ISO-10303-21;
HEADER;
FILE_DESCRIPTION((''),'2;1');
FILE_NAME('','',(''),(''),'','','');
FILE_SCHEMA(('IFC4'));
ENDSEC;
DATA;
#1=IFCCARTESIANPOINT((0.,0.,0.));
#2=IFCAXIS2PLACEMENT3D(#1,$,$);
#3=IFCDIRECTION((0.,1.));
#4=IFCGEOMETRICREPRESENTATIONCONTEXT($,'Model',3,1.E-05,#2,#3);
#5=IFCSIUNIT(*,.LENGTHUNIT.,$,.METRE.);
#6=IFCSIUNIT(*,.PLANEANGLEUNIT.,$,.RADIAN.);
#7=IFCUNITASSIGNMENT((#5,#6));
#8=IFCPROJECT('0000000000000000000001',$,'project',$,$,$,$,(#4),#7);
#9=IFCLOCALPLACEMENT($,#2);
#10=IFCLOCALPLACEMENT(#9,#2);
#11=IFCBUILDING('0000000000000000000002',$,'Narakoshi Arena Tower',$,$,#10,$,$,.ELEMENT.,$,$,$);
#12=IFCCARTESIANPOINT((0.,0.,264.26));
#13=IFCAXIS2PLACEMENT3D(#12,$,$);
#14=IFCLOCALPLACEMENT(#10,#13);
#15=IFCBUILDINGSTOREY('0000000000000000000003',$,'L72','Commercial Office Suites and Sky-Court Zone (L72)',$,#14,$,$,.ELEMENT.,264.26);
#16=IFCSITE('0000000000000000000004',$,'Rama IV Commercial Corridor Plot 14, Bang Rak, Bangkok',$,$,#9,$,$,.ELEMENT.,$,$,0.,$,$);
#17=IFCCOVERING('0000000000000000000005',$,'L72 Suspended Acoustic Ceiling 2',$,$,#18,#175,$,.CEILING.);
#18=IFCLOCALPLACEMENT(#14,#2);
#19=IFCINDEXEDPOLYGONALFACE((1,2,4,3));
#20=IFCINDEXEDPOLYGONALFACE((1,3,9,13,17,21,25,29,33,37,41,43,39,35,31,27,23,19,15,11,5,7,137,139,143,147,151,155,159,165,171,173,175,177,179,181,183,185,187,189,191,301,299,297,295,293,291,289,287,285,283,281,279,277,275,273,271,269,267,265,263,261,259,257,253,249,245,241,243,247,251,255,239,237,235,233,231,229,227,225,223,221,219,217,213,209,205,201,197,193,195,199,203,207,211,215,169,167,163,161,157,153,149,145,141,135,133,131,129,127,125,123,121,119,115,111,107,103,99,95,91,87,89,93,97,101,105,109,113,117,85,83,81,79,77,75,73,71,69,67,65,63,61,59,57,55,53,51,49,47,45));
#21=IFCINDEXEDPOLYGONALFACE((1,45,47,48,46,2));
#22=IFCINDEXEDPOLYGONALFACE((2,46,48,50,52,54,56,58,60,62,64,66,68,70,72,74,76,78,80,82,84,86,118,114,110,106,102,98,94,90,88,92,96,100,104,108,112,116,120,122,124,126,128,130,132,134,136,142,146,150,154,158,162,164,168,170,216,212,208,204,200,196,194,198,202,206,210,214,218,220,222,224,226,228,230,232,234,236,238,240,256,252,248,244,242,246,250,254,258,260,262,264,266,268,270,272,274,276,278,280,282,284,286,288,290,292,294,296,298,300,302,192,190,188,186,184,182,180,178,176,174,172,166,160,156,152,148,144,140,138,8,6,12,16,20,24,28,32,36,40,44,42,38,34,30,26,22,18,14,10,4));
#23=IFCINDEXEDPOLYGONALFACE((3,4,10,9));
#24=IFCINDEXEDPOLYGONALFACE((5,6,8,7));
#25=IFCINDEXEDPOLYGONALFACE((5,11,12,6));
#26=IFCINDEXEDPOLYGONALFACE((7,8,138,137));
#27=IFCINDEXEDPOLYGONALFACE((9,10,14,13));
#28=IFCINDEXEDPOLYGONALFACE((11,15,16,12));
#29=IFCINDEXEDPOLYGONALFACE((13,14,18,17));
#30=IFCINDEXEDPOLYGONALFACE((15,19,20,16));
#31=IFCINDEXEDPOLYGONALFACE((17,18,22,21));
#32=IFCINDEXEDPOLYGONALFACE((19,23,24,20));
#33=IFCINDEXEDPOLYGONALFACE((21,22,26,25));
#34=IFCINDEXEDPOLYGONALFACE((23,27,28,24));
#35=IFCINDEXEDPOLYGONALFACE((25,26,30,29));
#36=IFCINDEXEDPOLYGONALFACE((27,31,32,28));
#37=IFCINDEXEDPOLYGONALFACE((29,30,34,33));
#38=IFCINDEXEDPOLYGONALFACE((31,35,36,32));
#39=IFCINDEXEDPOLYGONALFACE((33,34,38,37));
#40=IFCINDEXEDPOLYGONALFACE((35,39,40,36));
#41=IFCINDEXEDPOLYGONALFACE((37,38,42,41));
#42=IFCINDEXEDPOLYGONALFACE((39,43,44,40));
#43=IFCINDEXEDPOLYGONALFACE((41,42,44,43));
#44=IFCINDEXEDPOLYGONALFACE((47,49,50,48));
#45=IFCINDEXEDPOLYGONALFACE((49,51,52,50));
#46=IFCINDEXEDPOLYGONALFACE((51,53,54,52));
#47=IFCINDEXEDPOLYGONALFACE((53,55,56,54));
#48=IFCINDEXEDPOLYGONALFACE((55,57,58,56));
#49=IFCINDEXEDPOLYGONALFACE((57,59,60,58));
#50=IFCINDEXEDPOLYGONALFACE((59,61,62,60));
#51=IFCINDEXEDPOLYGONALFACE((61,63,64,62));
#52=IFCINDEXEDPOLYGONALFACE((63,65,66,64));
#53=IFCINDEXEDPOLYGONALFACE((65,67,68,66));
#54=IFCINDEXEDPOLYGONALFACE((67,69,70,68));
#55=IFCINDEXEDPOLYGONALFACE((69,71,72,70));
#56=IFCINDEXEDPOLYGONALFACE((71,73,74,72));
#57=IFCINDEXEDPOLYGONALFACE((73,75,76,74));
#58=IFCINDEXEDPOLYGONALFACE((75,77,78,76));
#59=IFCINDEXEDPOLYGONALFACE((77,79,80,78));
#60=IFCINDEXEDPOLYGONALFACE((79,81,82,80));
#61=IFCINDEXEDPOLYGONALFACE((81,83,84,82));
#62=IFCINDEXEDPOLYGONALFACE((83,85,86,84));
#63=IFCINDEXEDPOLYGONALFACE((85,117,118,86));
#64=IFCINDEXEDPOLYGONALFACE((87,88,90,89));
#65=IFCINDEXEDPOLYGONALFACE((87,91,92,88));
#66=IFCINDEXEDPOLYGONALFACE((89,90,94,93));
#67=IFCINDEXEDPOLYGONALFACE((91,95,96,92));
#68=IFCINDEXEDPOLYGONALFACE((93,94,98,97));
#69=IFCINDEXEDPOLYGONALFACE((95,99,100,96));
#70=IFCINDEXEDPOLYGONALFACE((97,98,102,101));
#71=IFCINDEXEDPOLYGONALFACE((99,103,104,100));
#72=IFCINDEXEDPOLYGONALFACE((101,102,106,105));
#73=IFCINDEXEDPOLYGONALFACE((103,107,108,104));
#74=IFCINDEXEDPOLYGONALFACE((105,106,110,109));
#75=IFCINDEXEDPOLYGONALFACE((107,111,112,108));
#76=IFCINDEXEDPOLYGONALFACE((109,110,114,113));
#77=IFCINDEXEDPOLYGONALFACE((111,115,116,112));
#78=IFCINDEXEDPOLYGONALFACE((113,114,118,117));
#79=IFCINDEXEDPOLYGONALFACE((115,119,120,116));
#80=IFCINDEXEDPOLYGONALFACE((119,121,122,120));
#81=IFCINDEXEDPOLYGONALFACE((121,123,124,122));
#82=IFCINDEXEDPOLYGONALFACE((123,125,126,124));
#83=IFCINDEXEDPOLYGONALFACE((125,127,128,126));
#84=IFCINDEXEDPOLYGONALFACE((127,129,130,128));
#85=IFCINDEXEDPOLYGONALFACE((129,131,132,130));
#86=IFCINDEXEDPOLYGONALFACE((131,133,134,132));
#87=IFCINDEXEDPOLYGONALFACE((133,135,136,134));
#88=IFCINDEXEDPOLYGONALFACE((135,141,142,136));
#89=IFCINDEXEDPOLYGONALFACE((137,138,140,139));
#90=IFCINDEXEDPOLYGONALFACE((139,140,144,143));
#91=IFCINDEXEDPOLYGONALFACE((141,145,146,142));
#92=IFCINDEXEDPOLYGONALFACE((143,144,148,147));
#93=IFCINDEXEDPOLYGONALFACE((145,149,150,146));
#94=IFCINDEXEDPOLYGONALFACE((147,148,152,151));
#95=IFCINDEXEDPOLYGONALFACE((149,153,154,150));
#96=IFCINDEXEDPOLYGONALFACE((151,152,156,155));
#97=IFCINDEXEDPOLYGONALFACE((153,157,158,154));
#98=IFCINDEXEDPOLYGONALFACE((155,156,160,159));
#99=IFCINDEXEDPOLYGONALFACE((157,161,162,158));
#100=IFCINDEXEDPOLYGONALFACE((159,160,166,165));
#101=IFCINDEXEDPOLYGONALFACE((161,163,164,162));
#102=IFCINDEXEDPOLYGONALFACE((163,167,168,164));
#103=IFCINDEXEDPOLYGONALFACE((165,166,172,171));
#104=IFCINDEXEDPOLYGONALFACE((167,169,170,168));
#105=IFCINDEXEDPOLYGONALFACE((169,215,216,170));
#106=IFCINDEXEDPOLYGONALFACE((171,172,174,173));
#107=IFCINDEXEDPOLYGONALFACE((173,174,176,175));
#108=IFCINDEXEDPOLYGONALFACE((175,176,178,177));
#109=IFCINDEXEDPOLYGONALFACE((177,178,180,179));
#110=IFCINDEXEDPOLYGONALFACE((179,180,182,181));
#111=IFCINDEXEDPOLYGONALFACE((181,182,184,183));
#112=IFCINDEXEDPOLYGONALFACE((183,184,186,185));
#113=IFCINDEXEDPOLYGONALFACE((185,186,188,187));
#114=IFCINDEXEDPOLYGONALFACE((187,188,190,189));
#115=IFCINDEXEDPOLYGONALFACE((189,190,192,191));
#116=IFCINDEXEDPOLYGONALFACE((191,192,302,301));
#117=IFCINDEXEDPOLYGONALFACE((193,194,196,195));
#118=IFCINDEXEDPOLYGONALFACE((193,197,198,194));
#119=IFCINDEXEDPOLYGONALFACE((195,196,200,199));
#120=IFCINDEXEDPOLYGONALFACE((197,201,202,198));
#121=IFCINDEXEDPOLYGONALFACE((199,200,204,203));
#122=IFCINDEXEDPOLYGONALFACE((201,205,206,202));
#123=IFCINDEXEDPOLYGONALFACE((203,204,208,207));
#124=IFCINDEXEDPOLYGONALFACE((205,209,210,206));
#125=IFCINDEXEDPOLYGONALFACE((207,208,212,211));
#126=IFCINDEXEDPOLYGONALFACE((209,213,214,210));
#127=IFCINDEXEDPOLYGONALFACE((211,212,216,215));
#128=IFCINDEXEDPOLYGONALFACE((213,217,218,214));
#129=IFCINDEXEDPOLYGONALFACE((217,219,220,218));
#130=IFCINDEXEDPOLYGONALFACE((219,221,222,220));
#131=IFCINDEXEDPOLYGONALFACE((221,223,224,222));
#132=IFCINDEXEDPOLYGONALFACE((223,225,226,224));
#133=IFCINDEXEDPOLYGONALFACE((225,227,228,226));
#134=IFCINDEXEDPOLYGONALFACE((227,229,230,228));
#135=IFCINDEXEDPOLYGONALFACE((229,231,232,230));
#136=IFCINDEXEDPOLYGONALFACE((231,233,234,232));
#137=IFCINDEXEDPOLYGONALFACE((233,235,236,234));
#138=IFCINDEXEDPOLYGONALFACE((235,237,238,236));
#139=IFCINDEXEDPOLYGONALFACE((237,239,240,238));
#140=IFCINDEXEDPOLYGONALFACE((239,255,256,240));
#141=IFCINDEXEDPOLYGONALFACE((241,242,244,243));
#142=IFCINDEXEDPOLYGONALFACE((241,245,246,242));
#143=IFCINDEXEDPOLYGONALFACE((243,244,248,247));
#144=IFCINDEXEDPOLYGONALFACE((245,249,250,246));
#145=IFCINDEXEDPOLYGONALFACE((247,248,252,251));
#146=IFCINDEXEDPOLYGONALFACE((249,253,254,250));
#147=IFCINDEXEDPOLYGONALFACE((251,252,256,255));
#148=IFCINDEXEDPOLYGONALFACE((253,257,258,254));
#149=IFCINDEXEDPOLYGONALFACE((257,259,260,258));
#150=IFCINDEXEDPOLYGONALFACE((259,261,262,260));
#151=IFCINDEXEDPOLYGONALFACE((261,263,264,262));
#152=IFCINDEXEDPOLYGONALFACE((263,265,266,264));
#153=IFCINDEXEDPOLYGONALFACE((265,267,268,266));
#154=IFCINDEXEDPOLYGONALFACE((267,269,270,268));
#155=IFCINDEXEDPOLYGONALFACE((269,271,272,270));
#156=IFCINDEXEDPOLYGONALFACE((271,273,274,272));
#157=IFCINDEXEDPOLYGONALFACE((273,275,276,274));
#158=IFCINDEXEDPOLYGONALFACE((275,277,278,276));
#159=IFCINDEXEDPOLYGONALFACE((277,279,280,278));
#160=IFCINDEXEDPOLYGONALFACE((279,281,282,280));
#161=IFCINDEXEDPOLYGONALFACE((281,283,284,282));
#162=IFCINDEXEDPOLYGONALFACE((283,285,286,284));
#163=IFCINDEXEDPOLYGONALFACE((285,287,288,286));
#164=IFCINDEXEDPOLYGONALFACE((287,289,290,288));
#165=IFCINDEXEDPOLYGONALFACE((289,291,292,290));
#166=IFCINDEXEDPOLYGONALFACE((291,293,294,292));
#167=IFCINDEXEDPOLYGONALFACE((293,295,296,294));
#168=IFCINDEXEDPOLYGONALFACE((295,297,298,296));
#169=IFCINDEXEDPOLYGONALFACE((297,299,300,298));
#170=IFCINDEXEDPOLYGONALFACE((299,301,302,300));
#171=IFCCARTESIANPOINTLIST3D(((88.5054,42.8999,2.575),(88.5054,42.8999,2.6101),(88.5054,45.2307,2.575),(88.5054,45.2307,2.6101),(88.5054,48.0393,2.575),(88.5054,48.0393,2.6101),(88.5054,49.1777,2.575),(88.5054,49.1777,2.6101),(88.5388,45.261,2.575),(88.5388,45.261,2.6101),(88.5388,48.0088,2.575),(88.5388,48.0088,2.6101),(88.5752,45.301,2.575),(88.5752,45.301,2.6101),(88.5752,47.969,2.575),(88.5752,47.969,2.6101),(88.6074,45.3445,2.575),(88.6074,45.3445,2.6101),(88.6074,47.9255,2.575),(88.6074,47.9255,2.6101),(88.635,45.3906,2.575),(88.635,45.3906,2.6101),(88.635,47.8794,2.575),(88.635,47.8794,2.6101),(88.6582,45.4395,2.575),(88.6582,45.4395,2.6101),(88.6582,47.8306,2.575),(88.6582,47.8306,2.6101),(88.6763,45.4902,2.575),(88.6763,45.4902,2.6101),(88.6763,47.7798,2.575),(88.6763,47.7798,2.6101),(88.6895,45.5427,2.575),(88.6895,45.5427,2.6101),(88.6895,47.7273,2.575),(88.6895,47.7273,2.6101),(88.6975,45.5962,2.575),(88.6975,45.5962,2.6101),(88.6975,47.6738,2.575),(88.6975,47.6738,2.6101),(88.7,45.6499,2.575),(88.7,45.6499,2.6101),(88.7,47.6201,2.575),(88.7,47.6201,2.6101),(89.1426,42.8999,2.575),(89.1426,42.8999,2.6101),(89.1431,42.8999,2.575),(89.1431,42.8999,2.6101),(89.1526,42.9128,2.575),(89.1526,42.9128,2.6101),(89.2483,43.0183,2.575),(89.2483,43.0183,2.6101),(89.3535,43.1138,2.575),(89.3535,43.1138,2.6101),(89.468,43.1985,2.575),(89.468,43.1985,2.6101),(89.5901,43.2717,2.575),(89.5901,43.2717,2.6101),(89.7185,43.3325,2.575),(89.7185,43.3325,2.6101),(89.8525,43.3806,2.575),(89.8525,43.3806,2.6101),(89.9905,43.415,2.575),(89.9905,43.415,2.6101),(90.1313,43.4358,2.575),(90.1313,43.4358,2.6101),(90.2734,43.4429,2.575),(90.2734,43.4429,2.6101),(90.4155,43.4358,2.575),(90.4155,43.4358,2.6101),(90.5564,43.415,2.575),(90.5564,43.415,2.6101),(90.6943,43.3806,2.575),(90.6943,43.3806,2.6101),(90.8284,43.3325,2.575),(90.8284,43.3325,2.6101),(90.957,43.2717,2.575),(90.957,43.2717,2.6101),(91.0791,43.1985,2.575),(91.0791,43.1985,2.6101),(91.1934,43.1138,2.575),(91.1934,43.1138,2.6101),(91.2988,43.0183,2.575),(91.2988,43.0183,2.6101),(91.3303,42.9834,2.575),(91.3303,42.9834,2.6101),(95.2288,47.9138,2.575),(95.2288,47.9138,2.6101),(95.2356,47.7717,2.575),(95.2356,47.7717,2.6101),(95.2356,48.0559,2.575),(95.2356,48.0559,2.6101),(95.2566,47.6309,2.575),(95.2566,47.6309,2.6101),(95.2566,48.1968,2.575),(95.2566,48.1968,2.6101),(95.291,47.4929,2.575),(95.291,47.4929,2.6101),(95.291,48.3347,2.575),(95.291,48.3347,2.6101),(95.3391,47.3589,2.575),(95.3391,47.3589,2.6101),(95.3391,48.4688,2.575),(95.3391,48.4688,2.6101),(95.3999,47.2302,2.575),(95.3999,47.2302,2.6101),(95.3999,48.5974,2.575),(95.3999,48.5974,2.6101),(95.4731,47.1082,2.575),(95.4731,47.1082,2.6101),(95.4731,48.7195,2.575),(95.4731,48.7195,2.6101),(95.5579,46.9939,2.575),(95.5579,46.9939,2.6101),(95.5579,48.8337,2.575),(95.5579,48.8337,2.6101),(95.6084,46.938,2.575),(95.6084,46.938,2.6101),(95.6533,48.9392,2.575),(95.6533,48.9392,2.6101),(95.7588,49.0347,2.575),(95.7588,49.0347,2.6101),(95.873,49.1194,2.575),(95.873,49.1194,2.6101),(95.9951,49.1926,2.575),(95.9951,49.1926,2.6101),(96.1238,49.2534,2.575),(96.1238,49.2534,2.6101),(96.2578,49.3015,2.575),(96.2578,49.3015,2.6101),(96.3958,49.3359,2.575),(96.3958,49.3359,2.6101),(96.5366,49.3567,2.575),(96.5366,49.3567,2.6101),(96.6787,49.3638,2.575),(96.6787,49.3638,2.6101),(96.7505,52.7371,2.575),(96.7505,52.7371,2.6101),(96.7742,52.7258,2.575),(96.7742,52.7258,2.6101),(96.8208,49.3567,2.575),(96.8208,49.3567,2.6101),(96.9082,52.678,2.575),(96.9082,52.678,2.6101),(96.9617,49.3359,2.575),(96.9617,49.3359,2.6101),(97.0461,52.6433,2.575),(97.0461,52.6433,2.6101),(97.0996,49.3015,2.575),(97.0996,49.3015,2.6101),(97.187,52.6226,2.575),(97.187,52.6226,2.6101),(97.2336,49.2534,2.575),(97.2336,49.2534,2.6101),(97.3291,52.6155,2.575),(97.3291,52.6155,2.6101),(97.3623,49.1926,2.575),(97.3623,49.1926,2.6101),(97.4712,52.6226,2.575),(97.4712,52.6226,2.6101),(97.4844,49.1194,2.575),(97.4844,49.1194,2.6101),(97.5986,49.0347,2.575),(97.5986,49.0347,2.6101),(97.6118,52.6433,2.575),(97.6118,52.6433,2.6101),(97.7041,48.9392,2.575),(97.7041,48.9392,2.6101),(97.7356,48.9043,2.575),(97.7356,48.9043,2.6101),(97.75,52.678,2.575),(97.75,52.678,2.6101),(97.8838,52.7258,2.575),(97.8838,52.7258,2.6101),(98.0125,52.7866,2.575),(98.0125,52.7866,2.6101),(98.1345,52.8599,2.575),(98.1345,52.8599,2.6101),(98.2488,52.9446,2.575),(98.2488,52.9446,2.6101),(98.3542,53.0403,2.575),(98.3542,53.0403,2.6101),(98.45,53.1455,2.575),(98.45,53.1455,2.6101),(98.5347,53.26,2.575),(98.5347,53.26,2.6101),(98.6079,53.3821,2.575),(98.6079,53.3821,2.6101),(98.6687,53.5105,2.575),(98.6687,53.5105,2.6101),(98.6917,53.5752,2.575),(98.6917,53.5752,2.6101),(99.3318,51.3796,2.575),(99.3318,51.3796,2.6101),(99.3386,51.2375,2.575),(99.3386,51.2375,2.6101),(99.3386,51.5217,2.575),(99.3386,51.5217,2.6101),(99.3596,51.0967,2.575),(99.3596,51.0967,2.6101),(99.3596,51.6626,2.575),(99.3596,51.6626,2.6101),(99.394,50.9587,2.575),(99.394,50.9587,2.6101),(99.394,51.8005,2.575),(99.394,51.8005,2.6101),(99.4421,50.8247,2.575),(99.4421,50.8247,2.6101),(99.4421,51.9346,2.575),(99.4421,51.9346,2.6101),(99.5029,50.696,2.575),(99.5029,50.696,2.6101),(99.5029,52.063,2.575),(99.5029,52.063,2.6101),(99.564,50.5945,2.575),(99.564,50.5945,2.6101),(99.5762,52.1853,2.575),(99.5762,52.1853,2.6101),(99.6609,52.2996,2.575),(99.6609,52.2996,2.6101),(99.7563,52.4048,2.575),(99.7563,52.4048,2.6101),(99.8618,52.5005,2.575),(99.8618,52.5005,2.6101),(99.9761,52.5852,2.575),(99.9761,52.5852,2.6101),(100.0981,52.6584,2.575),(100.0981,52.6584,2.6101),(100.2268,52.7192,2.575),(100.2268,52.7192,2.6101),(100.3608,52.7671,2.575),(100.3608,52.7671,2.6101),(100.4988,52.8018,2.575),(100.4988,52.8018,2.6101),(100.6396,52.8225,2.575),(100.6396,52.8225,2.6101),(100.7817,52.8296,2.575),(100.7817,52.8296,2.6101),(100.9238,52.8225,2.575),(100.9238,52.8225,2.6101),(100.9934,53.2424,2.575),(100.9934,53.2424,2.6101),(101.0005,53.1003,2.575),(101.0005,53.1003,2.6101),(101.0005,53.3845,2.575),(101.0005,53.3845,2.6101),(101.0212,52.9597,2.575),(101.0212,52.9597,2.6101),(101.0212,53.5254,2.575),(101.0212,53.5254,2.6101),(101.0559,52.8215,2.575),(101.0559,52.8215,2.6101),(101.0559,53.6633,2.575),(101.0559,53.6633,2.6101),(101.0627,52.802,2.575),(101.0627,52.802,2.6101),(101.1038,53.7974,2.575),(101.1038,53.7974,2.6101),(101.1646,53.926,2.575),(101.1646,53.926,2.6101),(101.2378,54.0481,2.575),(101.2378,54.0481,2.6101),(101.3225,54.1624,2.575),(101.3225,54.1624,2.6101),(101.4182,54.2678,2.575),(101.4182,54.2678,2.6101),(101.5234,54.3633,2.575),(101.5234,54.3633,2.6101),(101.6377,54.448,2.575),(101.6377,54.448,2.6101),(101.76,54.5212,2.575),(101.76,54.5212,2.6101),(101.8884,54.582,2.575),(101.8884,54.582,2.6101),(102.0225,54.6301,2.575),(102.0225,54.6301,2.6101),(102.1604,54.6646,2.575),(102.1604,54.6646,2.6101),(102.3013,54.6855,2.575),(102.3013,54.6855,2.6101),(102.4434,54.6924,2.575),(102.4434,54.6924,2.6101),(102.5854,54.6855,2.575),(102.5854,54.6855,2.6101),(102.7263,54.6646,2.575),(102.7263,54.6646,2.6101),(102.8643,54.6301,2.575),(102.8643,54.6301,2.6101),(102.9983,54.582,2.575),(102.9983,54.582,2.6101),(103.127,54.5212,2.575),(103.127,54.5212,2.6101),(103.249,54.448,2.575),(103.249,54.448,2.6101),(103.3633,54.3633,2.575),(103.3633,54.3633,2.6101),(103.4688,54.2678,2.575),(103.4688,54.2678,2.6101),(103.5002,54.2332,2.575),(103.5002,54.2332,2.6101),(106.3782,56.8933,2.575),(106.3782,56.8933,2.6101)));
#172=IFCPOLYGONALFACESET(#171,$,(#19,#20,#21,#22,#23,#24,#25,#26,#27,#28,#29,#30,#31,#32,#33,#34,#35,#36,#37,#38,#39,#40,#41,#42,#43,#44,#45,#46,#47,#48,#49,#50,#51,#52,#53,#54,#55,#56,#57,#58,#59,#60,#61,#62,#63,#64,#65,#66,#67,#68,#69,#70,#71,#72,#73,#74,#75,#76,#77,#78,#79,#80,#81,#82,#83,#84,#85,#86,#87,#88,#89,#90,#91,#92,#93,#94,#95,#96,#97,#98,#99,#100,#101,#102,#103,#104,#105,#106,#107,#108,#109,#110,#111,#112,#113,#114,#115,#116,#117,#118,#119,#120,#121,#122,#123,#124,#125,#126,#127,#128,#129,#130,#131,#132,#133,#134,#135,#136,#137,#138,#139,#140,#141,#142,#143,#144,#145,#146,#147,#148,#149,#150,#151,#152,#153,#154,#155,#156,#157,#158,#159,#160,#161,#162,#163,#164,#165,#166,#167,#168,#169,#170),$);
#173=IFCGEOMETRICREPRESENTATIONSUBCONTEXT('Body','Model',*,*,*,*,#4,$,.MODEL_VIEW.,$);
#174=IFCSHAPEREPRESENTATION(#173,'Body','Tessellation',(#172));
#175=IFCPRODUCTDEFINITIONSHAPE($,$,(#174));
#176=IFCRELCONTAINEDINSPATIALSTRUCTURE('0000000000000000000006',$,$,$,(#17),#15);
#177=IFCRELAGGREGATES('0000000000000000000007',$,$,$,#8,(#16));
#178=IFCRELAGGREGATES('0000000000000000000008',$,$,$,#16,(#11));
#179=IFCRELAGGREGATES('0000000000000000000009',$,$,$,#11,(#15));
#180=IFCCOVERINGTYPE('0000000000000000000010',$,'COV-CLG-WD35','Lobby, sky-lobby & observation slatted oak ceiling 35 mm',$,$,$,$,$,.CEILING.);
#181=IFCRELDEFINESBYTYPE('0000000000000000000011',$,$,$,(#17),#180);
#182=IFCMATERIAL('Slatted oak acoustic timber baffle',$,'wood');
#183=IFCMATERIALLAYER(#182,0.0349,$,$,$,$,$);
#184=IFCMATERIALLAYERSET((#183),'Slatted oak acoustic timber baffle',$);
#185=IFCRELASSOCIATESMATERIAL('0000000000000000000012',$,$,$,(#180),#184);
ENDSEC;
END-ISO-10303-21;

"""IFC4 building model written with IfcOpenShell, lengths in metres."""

from ifc_helpers import new_model, si_unit, direction, frame, origin, place, context, subcontext, project, spatial, polyline, outline, extrude, material, layer, layer_set, type_object, element, save


model = new_model("IFC4")

# Units and contexts
model_context = context("Model", 3, precision=1e-05, world=origin(), true_north=direction((0.0, 1.0)))
body_context = subcontext(model_context, "Body", "Model", "MODEL_VIEW")
ifc_project = project(units=[si_unit("LENGTHUNIT", "METRE"), si_unit("PLANEANGLEUNIT", "RADIAN")], contexts=[model_context])

# Site, building, storey
site_placement = place(None, origin())
site = spatial("IfcSite", under=ifc_project, at=site_placement, Name="Rama IV Commercial Corridor Plot 14, Bang Rak, Bangkok", CompositionType="ELEMENT", RefElevation=0.0)
building_placement = place(site_placement, origin())
building = spatial("IfcBuilding", under=site, at=building_placement, Name="Narakoshi Arena Tower", CompositionType="ELEMENT")
storey_placement = place(building_placement, frame((0.0, 0.0, 264.26)))
storey = spatial("IfcBuildingStorey", under=building, at=storey_placement, Name="L72", Description="Commercial Office Suites and Sky-Court Zone (L72)", CompositionType="ELEMENT", Elevation=264.26)

# Covering
ifc_material_1 = material(Name="Slatted oak acoustic timber baffle", Category="wood")
ifc_layer_1 = layer(ifc_material_1, 0.0349)
ifc_layer_set_1 = layer_set([ifc_layer_1], Name="Slatted oak acoustic timber baffle")
covering_type_1 = type_object("IfcCoveringType", Name="COV-CLG-WD35", Description="Lobby, sky-lobby & observation slatted oak ceiling 35 mm", PredefinedType="CEILING", material=ifc_layer_set_1)
covering_1_placement = place(storey_placement, frame((0.0, 0.0, 2.575)))
element("IfcCovering", 1, at=covering_1_placement, inside=storey, type_object=covering_type_1, Name="L72 Suspended Acoustic Ceiling 2", PredefinedType="CEILING", context=body_context, shape_type="SweptSolid", body=[
    extrude(outline(polyline([(88.5054, 45.2307), (88.5388, 45.261), (88.5752, 45.301), (88.6074, 45.3445), (88.635, 45.3906), (88.6582, 45.4395), (88.6763, 45.4902), (88.6895, 45.5427), (88.6975, 45.5962), (88.7, 45.6499), (88.7, 47.6201), (88.6975, 47.6738), (88.6895, 47.7273), (88.6763, 47.7798), (88.6582, 47.8306), (88.635, 47.8794), (88.6074, 47.9255), (88.5752, 47.969), (88.5388, 48.0088), (88.5054, 48.0393), (88.5054, 49.1777), (96.7505, 52.7371), (96.7742, 52.7258), (96.9082, 52.678), (97.0461, 52.6433), (97.187, 52.6226), (97.3291, 52.6155), (97.4712, 52.6226), (97.6118, 52.6433), (97.75, 52.678), (97.8838, 52.7258), (98.0125, 52.7866), (98.1345, 52.8599), (98.2488, 52.9446), (98.3542, 53.0403), (98.45, 53.1455), (98.5347, 53.26), (98.6079, 53.3821), (98.6687, 53.5105), (98.6917, 53.5752), (106.3782, 56.8933), (103.5002, 54.2332), (103.4688, 54.2678), (103.3633, 54.3633), (103.249, 54.448), (103.127, 54.5212), (102.9983, 54.582), (102.8643, 54.6301), (102.7263, 54.6646), (102.5854, 54.6855), (102.4434, 54.6924), (102.3013, 54.6855), (102.1604, 54.6646), (102.0225, 54.6301), (101.8884, 54.582), (101.76, 54.5212), (101.6377, 54.448), (101.5234, 54.3633), (101.4182, 54.2678), (101.3225, 54.1624), (101.2378, 54.0481), (101.1646, 53.926), (101.1038, 53.7974), (101.0559, 53.6633), (101.0212, 53.5254), (101.0005, 53.3845), (100.9934, 53.2424), (101.0005, 53.1003), (101.0212, 52.9597), (101.0559, 52.8215), (101.0627, 52.802), (100.9238, 52.8225), (100.7817, 52.8296), (100.6396, 52.8225), (100.4988, 52.8018), (100.3608, 52.7671), (100.2268, 52.7192), (100.0981, 52.6584), (99.9761, 52.5852), (99.8618, 52.5005), (99.7563, 52.4048), (99.6609, 52.2996), (99.5762, 52.1853), (99.5029, 52.063), (99.4421, 51.9346), (99.394, 51.8005), (99.3596, 51.6626), (99.3386, 51.5217), (99.3318, 51.3796), (99.3386, 51.2375), (99.3596, 51.0967), (99.394, 50.9587), (99.4421, 50.8247), (99.5029, 50.696), (99.564, 50.5945), (97.7356, 48.9043), (97.7041, 48.9392), (97.5986, 49.0347), (97.4844, 49.1194), (97.3623, 49.1926), (97.2336, 49.2534), (97.0996, 49.3015), (96.9617, 49.3359), (96.8208, 49.3567), (96.6787, 49.3638), (96.5366, 49.3567), (96.3958, 49.3359), (96.2578, 49.3015), (96.1238, 49.2534), (95.9951, 49.1926), (95.873, 49.1194), (95.7588, 49.0347), (95.6533, 48.9392), (95.5579, 48.8337), (95.4731, 48.7195), (95.3999, 48.5974), (95.3391, 48.4688), (95.291, 48.3347), (95.2566, 48.1968), (95.2356, 48.0559), (95.2288, 47.9138), (95.2356, 47.7717), (95.2566, 47.6309), (95.291, 47.4929), (95.3391, 47.3589), (95.3999, 47.2302), (95.4731, 47.1082), (95.5579, 46.9939), (95.6084, 46.938), (91.3303, 42.9834), (91.2988, 43.0183), (91.1934, 43.1138), (91.0791, 43.1985), (90.957, 43.2717), (90.8284, 43.3325), (90.6943, 43.3806), (90.5564, 43.415), (90.4155, 43.4358), (90.2734, 43.4429), (90.1313, 43.4358), (89.9905, 43.415), (89.8525, 43.3806), (89.7185, 43.3325), (89.5901, 43.2717), (89.468, 43.1985), (89.3535, 43.1138), (89.2483, 43.0183), (89.1526, 42.9128), (89.1431, 42.8999), (89.1426, 42.8999), (88.5054, 42.8999), (88.5054, 45.2307)])), origin(), (0.0, 0.0, 1.0), 0.0352),
])

save(model, "model.ifc")
